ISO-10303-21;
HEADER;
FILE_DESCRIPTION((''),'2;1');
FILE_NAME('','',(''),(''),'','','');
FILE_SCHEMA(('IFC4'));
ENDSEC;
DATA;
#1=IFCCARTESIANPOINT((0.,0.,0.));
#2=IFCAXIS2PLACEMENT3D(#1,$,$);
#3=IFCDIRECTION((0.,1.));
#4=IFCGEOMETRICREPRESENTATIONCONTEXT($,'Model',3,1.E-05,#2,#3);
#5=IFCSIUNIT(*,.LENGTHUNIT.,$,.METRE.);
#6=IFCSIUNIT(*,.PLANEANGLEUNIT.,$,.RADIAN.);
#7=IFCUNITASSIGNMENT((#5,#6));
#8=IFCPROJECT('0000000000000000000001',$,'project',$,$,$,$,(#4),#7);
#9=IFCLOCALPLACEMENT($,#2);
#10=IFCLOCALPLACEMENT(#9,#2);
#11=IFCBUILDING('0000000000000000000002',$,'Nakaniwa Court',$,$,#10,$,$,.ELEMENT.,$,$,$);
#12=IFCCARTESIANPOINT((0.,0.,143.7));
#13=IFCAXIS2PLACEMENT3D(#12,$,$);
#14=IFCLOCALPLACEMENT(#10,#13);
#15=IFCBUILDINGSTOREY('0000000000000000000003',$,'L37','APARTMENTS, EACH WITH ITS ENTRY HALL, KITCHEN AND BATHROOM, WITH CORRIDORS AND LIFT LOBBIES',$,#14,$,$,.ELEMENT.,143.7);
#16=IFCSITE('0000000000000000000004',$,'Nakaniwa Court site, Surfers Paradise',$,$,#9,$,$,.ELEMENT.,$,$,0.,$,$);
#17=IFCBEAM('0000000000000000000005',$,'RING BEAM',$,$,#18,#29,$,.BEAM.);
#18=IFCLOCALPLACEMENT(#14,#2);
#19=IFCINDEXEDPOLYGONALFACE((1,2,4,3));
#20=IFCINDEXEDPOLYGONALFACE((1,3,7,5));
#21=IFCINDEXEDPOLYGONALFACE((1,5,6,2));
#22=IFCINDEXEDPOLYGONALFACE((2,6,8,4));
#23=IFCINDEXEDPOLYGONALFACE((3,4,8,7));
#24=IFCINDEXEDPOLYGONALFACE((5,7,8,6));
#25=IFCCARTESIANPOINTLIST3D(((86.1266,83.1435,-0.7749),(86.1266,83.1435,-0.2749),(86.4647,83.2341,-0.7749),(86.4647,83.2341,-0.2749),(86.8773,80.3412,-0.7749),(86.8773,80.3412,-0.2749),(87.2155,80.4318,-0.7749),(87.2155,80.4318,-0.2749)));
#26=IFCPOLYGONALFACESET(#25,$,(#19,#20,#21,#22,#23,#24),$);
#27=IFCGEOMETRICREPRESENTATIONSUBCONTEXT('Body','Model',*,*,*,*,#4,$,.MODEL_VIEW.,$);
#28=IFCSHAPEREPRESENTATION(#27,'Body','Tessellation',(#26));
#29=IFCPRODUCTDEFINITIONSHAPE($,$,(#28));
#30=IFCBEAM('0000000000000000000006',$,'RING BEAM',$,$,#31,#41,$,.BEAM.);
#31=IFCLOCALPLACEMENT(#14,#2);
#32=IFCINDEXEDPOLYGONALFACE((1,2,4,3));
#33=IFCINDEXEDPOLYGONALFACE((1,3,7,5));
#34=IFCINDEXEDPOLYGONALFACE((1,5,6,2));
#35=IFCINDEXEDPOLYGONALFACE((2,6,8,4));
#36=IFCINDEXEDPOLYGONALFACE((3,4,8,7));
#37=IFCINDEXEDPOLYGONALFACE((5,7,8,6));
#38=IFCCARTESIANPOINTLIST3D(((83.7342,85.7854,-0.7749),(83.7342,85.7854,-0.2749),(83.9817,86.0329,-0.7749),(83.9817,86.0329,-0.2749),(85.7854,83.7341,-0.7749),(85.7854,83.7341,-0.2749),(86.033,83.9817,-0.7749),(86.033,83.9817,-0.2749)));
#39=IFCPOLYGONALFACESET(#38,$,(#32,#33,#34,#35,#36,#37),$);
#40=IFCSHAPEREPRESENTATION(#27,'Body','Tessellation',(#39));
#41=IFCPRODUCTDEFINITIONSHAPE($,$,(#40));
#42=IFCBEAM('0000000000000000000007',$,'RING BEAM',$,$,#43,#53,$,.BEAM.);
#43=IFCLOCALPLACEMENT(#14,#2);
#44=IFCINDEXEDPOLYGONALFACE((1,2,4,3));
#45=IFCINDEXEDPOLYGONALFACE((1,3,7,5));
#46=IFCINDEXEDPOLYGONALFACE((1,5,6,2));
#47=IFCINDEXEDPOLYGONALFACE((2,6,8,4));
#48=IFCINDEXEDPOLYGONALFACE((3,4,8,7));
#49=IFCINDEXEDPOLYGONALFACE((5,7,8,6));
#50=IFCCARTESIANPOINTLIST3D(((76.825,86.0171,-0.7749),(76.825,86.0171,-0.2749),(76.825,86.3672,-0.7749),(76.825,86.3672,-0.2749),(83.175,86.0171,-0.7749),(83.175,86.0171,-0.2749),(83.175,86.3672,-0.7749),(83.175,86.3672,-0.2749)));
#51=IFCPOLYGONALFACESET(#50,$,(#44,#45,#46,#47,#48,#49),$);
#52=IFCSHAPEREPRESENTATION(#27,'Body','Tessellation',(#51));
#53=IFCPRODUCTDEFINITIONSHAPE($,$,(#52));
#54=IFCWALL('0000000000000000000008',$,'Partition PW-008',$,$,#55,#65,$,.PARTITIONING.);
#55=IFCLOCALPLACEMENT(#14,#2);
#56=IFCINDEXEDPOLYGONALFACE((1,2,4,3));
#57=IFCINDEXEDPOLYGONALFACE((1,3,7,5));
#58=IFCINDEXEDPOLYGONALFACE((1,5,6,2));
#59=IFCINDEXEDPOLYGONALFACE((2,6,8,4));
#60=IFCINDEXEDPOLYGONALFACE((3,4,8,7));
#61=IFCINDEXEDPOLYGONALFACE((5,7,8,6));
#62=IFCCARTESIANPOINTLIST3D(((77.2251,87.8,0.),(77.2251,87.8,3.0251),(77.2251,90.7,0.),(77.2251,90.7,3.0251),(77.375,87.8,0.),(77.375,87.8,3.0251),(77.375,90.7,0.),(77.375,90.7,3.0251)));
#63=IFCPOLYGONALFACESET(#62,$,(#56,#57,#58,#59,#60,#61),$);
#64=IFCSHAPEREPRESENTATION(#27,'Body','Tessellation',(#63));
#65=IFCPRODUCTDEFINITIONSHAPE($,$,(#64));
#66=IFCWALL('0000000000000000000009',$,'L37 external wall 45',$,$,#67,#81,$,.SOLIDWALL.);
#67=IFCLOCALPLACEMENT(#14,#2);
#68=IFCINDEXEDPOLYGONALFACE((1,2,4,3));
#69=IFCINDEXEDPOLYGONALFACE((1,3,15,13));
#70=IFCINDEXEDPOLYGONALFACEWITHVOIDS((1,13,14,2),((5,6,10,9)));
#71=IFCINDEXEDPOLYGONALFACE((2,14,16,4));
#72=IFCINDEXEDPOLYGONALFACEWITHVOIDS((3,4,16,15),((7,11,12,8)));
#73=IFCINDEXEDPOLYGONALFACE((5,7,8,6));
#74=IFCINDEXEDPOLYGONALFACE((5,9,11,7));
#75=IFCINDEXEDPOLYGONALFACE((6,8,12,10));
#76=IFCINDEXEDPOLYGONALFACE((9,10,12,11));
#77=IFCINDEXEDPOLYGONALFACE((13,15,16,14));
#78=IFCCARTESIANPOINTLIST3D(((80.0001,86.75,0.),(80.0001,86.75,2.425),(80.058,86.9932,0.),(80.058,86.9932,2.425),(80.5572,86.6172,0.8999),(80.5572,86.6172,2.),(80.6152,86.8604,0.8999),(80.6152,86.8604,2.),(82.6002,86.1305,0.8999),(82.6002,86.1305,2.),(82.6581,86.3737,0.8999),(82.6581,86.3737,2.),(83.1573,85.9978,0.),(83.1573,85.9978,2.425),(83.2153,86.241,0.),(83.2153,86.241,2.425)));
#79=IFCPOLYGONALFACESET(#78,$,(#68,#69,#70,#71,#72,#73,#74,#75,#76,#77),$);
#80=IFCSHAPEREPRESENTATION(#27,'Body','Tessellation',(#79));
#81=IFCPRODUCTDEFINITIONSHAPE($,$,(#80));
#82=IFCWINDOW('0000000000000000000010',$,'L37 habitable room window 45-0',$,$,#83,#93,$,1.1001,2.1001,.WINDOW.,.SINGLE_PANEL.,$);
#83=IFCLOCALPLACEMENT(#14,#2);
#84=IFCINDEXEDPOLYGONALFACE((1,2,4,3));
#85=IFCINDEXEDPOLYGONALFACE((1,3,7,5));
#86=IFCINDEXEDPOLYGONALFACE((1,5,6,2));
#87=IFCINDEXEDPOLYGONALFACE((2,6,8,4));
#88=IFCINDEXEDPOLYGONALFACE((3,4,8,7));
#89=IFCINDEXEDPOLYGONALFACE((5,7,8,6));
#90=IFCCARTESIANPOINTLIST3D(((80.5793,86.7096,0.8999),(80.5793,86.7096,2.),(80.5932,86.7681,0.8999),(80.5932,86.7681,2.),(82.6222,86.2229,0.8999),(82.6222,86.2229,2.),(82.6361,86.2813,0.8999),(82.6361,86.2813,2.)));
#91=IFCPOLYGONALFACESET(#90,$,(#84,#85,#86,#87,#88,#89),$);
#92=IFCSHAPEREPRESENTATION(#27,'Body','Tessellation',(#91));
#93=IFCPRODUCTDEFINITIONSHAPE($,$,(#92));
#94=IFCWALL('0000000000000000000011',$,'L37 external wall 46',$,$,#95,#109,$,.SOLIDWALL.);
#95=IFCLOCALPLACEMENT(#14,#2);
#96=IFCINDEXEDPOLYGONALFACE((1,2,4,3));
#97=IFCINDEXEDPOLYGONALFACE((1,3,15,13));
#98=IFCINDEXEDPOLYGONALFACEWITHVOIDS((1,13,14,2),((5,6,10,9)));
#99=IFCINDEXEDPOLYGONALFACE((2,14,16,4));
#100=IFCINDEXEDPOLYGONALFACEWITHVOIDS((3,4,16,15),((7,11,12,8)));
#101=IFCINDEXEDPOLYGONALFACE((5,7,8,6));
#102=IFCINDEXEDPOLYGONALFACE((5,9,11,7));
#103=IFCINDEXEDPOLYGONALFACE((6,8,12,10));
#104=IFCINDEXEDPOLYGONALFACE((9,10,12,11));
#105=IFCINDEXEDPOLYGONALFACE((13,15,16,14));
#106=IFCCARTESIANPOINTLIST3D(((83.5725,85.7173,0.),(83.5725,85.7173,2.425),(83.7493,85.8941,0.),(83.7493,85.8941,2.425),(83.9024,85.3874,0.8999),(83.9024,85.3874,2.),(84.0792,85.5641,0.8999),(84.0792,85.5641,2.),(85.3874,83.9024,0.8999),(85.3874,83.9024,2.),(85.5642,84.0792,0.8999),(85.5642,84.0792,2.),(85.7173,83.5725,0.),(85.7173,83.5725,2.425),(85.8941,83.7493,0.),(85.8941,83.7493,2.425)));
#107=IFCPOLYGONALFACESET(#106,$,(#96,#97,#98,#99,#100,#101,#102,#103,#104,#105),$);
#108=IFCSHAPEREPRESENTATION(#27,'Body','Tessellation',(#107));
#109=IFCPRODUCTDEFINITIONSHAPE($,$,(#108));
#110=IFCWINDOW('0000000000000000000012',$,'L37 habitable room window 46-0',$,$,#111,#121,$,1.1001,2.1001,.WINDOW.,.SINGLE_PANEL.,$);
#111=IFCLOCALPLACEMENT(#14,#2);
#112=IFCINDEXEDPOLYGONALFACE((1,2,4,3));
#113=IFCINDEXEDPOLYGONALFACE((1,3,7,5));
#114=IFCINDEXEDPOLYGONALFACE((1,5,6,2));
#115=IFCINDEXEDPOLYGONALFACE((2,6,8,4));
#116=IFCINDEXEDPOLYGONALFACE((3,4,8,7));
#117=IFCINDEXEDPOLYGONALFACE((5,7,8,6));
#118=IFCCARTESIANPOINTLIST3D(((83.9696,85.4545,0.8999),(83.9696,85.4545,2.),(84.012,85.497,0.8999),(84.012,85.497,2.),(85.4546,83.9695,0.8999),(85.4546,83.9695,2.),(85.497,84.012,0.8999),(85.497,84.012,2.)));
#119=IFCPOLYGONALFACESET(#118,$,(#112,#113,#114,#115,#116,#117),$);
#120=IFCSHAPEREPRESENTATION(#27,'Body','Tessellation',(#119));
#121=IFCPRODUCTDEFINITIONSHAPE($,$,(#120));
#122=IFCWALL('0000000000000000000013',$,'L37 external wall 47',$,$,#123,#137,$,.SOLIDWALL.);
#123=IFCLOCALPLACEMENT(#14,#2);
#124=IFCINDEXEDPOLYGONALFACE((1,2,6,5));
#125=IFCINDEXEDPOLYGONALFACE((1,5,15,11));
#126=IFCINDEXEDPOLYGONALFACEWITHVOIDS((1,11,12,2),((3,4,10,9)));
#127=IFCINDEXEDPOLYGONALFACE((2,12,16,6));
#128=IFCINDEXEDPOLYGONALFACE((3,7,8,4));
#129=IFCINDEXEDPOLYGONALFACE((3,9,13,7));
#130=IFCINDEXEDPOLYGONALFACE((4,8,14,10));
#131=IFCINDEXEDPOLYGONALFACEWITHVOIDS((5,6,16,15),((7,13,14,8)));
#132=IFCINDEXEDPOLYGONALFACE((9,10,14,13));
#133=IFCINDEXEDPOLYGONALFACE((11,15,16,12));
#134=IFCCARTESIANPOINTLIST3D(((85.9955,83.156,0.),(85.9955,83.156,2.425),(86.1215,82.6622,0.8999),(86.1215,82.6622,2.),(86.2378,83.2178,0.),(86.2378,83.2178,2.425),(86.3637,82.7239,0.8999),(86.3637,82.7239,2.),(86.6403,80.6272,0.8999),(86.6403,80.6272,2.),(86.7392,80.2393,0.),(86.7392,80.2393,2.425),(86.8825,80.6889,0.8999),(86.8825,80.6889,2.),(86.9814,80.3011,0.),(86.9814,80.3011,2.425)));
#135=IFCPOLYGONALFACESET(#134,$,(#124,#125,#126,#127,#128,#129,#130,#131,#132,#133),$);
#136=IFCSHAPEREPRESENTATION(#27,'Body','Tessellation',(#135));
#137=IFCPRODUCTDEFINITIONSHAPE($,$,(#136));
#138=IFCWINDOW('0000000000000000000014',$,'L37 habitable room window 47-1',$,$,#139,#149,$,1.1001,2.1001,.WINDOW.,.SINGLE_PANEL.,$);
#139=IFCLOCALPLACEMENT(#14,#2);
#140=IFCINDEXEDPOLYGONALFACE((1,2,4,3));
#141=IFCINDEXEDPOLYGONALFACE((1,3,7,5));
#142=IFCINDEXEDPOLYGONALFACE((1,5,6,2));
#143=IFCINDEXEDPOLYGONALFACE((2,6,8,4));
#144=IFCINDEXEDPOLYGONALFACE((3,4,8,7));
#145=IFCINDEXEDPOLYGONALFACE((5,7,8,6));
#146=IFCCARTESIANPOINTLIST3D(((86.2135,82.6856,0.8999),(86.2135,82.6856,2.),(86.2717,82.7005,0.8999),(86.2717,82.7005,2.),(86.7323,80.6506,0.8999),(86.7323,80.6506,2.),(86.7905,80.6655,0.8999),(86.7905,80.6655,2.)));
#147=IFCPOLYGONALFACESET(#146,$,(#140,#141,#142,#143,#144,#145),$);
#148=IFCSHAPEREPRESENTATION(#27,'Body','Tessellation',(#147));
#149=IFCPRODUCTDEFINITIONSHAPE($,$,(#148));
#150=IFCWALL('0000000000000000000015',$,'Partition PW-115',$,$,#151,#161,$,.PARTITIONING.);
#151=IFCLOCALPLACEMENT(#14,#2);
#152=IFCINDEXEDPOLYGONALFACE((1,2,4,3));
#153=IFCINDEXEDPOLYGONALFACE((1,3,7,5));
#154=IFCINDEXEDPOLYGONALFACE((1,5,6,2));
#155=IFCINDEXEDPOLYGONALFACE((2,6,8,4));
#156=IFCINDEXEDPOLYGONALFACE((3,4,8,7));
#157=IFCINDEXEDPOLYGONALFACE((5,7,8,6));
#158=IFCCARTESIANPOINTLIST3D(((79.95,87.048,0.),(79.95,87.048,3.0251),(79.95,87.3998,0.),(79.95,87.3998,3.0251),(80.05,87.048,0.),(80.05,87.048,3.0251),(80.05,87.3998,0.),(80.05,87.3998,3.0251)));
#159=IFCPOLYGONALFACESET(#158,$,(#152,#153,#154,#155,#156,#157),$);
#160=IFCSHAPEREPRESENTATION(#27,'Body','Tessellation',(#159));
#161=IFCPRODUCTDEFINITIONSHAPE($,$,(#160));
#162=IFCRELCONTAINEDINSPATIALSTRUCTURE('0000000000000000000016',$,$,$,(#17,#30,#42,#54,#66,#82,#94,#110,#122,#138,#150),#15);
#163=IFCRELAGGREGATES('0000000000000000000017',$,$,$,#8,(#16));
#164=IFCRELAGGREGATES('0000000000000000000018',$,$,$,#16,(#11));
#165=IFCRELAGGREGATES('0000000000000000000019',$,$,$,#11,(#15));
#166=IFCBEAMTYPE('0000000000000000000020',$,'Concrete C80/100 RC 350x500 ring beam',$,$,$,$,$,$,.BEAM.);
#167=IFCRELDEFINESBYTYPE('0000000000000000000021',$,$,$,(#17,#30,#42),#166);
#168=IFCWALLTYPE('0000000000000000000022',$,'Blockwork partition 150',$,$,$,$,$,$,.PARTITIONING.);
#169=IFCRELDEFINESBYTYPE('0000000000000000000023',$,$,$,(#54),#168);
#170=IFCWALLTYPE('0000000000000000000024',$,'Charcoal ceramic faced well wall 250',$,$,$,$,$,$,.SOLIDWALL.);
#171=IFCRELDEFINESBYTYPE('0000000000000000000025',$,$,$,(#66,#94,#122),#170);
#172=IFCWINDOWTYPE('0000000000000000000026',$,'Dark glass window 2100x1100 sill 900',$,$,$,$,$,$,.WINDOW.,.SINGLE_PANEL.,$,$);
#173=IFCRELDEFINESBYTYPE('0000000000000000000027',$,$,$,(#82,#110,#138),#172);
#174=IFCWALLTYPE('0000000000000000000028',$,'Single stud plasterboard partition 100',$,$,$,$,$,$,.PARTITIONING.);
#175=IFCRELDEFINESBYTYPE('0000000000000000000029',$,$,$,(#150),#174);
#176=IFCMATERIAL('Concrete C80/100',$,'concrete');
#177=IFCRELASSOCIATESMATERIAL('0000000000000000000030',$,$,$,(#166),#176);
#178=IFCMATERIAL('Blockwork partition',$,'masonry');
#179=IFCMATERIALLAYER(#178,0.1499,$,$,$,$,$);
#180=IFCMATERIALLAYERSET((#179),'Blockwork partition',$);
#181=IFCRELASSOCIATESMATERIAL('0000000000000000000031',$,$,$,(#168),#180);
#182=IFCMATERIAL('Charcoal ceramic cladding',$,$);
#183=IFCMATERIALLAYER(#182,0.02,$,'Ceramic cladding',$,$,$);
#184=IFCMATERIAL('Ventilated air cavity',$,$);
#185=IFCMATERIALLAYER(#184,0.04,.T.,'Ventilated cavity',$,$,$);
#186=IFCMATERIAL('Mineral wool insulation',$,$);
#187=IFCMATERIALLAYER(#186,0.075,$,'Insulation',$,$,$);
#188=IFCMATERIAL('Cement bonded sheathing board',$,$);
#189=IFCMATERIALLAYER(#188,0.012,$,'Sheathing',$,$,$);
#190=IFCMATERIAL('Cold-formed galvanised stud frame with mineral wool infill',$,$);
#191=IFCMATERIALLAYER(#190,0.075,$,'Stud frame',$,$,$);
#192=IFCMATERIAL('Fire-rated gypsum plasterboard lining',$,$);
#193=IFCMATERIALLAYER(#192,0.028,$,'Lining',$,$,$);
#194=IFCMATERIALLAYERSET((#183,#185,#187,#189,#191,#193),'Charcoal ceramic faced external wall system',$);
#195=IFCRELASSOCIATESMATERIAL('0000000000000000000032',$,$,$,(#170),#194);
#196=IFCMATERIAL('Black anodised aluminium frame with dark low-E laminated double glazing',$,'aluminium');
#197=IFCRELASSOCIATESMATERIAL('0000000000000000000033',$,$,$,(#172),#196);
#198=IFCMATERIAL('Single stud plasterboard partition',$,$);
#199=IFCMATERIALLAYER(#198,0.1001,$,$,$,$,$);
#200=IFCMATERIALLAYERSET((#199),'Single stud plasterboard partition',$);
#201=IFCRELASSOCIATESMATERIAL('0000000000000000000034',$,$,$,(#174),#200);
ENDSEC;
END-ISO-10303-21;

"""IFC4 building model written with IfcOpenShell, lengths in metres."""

from ifc_helpers import new_model, si_unit, direction, frame, frame_2d, origin, origin_2d, place, context, subcontext, project, spatial, rectangle, extrude, material, layer, layer_set, material_profile, profile_set, type_object, element, fill, save


model = new_model("IFC4")

# Units and contexts
model_context = context("Model", 3, precision=1e-05, world=origin(), true_north=direction((0.0, 1.0)))
body_context = subcontext(model_context, "Body", "Model", "MODEL_VIEW")
ifc_project = project(units=[si_unit("LENGTHUNIT", "METRE"), si_unit("PLANEANGLEUNIT", "RADIAN")], contexts=[model_context])

# Site, building, storey
site_placement = place(None, origin())
site = spatial("IfcSite", under=ifc_project, at=site_placement, Name="Nakaniwa Court site, Surfers Paradise", CompositionType="ELEMENT", RefElevation=0.0)
building_placement = place(site_placement, origin())
building = spatial("IfcBuilding", under=site, at=building_placement, Name="Nakaniwa Court", CompositionType="ELEMENT")
storey_placement = place(building_placement, frame((0.0, 0.0, 143.7)))
storey = spatial("IfcBuildingStorey", under=building, at=storey_placement, Name="L37", Description="APARTMENTS, EACH WITH ITS ENTRY HALL, KITCHEN AND BATHROOM, WITH CORRIDORS AND LIFT LOBBIES", CompositionType="ELEMENT", Elevation=143.7)

# Shared definitions
ifc_material_1 = material(Name="Concrete C80/100", Category="concrete")

# Beams
ifc_material_profile_1 = material_profile(ifc_material_1, rectangle(XDim=0.3501, YDim=0.5, at=origin_2d()), Name="Concrete C80/100 RC 350x500 ring beam")
ifc_profile_set_1 = profile_set([ifc_material_profile_1], Name="Concrete C80/100")
beam_type = type_object("IfcBeamType", Name="Concrete C80/100 RC 350x500 ring beam", PredefinedType="BEAM", material=ifc_profile_set_1)
beam_1_placement = place(storey_placement, frame((87.0464, 80.3865, -0.5249), z_axis=(-0.258778, 0.965937, 0.0), x_axis=(-0.965937, -0.258778, 0.0)))
element("IfcBeam", 1, at=beam_1_placement, inside=storey, type_object=beam_type, Name="RING BEAM", PredefinedType="BEAM", context=body_context, shape_type="SweptSolid", body=[
    extrude(rectangle(XDim=0.3501, YDim=0.5, at=origin_2d()), origin(), (0.0, 0.0, 1.0), 2.9011),
])
beam_2_placement = place(storey_placement, frame((85.9092, 83.8579, -0.5249), z_axis=(-0.707107, 0.707107, 0.0), x_axis=(-0.707107, -0.707107, 0.0)))
element("IfcBeam", 2, at=beam_2_placement, inside=storey, type_object=beam_type, Name="RING BEAM", PredefinedType="BEAM", context=body_context, shape_type="SweptSolid", body=[
    extrude(rectangle(XDim=0.3501, YDim=0.5, at=origin_2d()), origin(), (0.0, 0.0, 1.0), 2.9009),
])
beam_3_placement = place(storey_placement, frame((83.175, 86.1921, -0.5249), z_axis=(-1.0, 0.0, 0.0), x_axis=(0.0, -1.0, 0.0)))
element("IfcBeam", 3, at=beam_3_placement, inside=storey, type_object=beam_type, Name="RING BEAM", PredefinedType="BEAM", context=body_context, shape_type="SweptSolid", body=[
    extrude(rectangle(XDim=0.3501, YDim=0.5, at=origin_2d()), origin(), (0.0, 0.0, 1.0), 6.3501),
])

# Wall
ifc_material_2 = material(Name="Blockwork partition", Category="masonry")
ifc_layer_1 = layer(ifc_material_2, 0.1499)
ifc_layer_set_1 = layer_set([ifc_layer_1], Name="Blockwork partition")
wall_type_1 = type_object("IfcWallType", Name="Blockwork partition 150", PredefinedType="PARTITIONING", material=ifc_layer_set_1)
wall_1_placement = place(storey_placement, frame((77.3, 87.8, 0.0), z_axis=(0.0, 0.0, 1.0), x_axis=(0.0, 1.0, 0.0)))
element("IfcWall", 4, at=wall_1_placement, inside=storey, type_object=wall_type_1, Name="Partition PW-008", PredefinedType="PARTITIONING", context=body_context, shape_type="SweptSolid", body=[
    extrude(rectangle(XDim=2.8999, YDim=0.1499, at=frame_2d((1.45, 0.0))), origin(), (0.0, 0.0, 1.0), 3.0251),
])

# Walls, openings, windows
ifc_material_3 = material(Name="Charcoal ceramic cladding")
ifc_layer_2 = layer(ifc_material_3, 0.02, Name="Ceramic cladding")
ifc_material_4 = material(Name="Ventilated air cavity")
ifc_layer_3 = layer(ifc_material_4, 0.04, ventilated=True, Name="Ventilated cavity")
ifc_material_5 = material(Name="Mineral wool insulation")
ifc_layer_4 = layer(ifc_material_5, 0.075, Name="Insulation")
ifc_material_6 = material(Name="Cement bonded sheathing board")
ifc_layer_5 = layer(ifc_material_6, 0.012, Name="Sheathing")
ifc_material_7 = material(Name="Cold-formed galvanised stud frame with mineral wool infill")
ifc_layer_6 = layer(ifc_material_7, 0.075, Name="Stud frame")
ifc_material_8 = material(Name="Fire-rated gypsum plasterboard lining")
ifc_layer_7 = layer(ifc_material_8, 0.028, Name="Lining")
ifc_layer_set_2 = layer_set([ifc_layer_2, ifc_layer_3, ifc_layer_4, ifc_layer_5, ifc_layer_6, ifc_layer_7], Name="Charcoal ceramic faced external wall system")
wall_type_2 = type_object("IfcWallType", Name="Charcoal ceramic faced well wall 250", PredefinedType="SOLIDWALL", material=ifc_layer_set_2)
wall_2_placement = place(storey_placement, frame((80.0291, 86.8716, 0.0), z_axis=(0.0, 0.0, 1.0), x_axis=(0.972773, -0.23176, 0.0)))
wall_2 = element("IfcWall", 5, at=wall_2_placement, inside=storey, type_object=wall_type_2, Name="L37 external wall 45", PredefinedType="SOLIDWALL", context=body_context, shape_type="SweptSolid", body=[
    extrude(rectangle(XDim=3.2456, YDim=0.25, at=frame_2d((1.6228, 0.0))), origin(), (0.0, 0.0, 1.0), 2.425),
])
opening_1_placement = place(wall_2_placement, frame((0.5728, 0.0, 0.8999)))
opening_1 = element("IfcOpeningElement", 6, at=opening_1_placement, cuts=wall_2, PredefinedType="OPENING", context=body_context, shape_type="SweptSolid", body=[
    extrude(rectangle(XDim=2.1001, YDim=1.1001, at=frame_2d((1.05, 0.55))), frame((0.0, 0.135, 0.0), z_axis=(0.0, -1.0, 0.0), x_axis=(1.0, 0.0, 0.0)), (0.0, 0.0, 1.0), 0.27),
])
ifc_material_9 = material(Name="Black anodised aluminium frame with dark low-E laminated double glazing", Category="aluminium")
window_type = type_object("IfcWindowType", Name="Dark glass window 2100x1100 sill 900", PartitioningType="SINGLE_PANEL", PredefinedType="WINDOW", material=ifc_material_9)
window_1_placement = place(opening_1_placement, origin())
window_1 = element("IfcWindow", 7, at=window_1_placement, inside=storey, type_object=window_type, Name="L37 habitable room window 45-0", OverallHeight=1.1001, OverallWidth=2.1001, PartitioningType="SINGLE_PANEL", PredefinedType="WINDOW", context=body_context, shape_type="SweptSolid", body=[
    extrude(rectangle(XDim=2.1001, YDim=1.1001, at=frame_2d((1.05, 0.55))), frame((0.0, 0.03, 0.0), z_axis=(0.0, -1.0, 0.0), x_axis=(1.0, 0.0, 0.0)), (0.0, 0.0, 1.0), 0.0601),
])
fill(opening_1, window_1)
wall_3_placement = place(storey_placement, frame((83.6609, 85.8057, 0.0), z_axis=(0.0, 0.0, 1.0), x_axis=(0.707107, -0.707107, 0.0)))
wall_3 = element("IfcWall", 8, at=wall_3_placement, inside=storey, type_object=wall_type_2, Name="L37 external wall 46", PredefinedType="SOLIDWALL", context=body_context, shape_type="SweptSolid", body=[
    extrude(rectangle(XDim=3.0332, YDim=0.25, at=frame_2d((1.5166, 0.0))), origin(), (0.0, 0.0, 1.0), 2.425),
])
opening_2_placement = place(wall_3_placement, frame((0.4666, 0.0, 0.8999)))
opening_2 = element("IfcOpeningElement", 9, at=opening_2_placement, cuts=wall_3, PredefinedType="OPENING", context=body_context, shape_type="SweptSolid", body=[
    extrude(rectangle(XDim=2.1001, YDim=1.1001, at=frame_2d((1.05, 0.55))), frame((0.0, 0.135, 0.0), z_axis=(0.0, -1.0, 0.0), x_axis=(1.0, 0.0, 0.0)), (0.0, 0.0, 1.0), 0.27),
])
window_2_placement = place(opening_2_placement, origin())
window_2 = element("IfcWindow", 10, at=window_2_placement, inside=storey, type_object=window_type, Name="L37 habitable room window 46-0", OverallHeight=1.1001, OverallWidth=2.1001, PartitioningType="SINGLE_PANEL", PredefinedType="WINDOW", context=body_context, shape_type="SweptSolid", body=[
    extrude(rectangle(XDim=2.1001, YDim=1.1001, at=frame_2d((1.05, 0.55))), frame((0.0, 0.03, 0.0), z_axis=(0.0, -1.0, 0.0), x_axis=(1.0, 0.0, 0.0)), (0.0, 0.0, 1.0), 0.0601),
])
fill(opening_2, window_2)
wall_4_placement = place(storey_placement, frame((86.1167, 83.1868, 0.0), z_axis=(0.0, 0.0, 1.0), x_axis=(0.247056, -0.969001, 0.0)))
wall_4 = element("IfcWall", 11, at=wall_4_placement, inside=storey, type_object=wall_type_2, Name="L37 external wall 47", PredefinedType="SOLIDWALL", context=body_context, shape_type="SweptSolid", body=[
    extrude(rectangle(XDim=3.01, YDim=0.25, at=frame_2d((1.5049, 0.0))), origin(), (0.0, 0.0, 1.0), 2.425),
])
opening_3_placement = place(wall_4_placement, frame((0.5095, 0.0, 0.8999)))
opening_3 = element("IfcOpeningElement", 12, at=opening_3_placement, cuts=wall_4, PredefinedType="OPENING", context=body_context, shape_type="SweptSolid", body=[
    extrude(rectangle(XDim=2.1001, YDim=1.1001, at=frame_2d((1.05, 0.55))), frame((0.0, 0.135, 0.0), z_axis=(0.0, -1.0, 0.0), x_axis=(1.0, 0.0, 0.0)), (0.0, 0.0, 1.0), 0.27),
])
window_3_placement = place(opening_3_placement, origin())
window_3 = element("IfcWindow", 13, at=window_3_placement, inside=storey, type_object=window_type, Name="L37 habitable room window 47-1", OverallHeight=1.1001, OverallWidth=2.1001, PartitioningType="SINGLE_PANEL", PredefinedType="WINDOW", context=body_context, shape_type="SweptSolid", body=[
    extrude(rectangle(XDim=2.1001, YDim=1.1001, at=frame_2d((1.05, 0.55))), frame((0.0, 0.03, 0.0), z_axis=(0.0, -1.0, 0.0), x_axis=(1.0, 0.0, 0.0)), (0.0, 0.0, 1.0), 0.0601),
])
fill(opening_3, window_3)

# Wall
ifc_material_10 = material(Name="Single stud plasterboard partition")
ifc_layer_8 = layer(ifc_material_10, 0.1001)
ifc_layer_set_3 = layer_set([ifc_layer_8], Name="Single stud plasterboard partition")
wall_type_3 = type_object("IfcWallType", Name="Single stud plasterboard partition 100", PredefinedType="PARTITIONING", material=ifc_layer_set_3)
wall_5_placement = place(storey_placement, frame((80.0, 87.0481, 0.0), z_axis=(0.0, 0.0, 1.0), x_axis=(0.0, 1.0, 0.0)))
element("IfcWall", 14, at=wall_5_placement, inside=storey, type_object=wall_type_3, Name="Partition PW-115", PredefinedType="PARTITIONING", context=body_context, shape_type="SweptSolid", body=[
    extrude(rectangle(XDim=0.3518, YDim=0.1001, at=frame_2d((0.1758, 0.0))), origin(), (0.0, 0.0, 1.0), 3.0251),
])

save(model, "model.ifc")
